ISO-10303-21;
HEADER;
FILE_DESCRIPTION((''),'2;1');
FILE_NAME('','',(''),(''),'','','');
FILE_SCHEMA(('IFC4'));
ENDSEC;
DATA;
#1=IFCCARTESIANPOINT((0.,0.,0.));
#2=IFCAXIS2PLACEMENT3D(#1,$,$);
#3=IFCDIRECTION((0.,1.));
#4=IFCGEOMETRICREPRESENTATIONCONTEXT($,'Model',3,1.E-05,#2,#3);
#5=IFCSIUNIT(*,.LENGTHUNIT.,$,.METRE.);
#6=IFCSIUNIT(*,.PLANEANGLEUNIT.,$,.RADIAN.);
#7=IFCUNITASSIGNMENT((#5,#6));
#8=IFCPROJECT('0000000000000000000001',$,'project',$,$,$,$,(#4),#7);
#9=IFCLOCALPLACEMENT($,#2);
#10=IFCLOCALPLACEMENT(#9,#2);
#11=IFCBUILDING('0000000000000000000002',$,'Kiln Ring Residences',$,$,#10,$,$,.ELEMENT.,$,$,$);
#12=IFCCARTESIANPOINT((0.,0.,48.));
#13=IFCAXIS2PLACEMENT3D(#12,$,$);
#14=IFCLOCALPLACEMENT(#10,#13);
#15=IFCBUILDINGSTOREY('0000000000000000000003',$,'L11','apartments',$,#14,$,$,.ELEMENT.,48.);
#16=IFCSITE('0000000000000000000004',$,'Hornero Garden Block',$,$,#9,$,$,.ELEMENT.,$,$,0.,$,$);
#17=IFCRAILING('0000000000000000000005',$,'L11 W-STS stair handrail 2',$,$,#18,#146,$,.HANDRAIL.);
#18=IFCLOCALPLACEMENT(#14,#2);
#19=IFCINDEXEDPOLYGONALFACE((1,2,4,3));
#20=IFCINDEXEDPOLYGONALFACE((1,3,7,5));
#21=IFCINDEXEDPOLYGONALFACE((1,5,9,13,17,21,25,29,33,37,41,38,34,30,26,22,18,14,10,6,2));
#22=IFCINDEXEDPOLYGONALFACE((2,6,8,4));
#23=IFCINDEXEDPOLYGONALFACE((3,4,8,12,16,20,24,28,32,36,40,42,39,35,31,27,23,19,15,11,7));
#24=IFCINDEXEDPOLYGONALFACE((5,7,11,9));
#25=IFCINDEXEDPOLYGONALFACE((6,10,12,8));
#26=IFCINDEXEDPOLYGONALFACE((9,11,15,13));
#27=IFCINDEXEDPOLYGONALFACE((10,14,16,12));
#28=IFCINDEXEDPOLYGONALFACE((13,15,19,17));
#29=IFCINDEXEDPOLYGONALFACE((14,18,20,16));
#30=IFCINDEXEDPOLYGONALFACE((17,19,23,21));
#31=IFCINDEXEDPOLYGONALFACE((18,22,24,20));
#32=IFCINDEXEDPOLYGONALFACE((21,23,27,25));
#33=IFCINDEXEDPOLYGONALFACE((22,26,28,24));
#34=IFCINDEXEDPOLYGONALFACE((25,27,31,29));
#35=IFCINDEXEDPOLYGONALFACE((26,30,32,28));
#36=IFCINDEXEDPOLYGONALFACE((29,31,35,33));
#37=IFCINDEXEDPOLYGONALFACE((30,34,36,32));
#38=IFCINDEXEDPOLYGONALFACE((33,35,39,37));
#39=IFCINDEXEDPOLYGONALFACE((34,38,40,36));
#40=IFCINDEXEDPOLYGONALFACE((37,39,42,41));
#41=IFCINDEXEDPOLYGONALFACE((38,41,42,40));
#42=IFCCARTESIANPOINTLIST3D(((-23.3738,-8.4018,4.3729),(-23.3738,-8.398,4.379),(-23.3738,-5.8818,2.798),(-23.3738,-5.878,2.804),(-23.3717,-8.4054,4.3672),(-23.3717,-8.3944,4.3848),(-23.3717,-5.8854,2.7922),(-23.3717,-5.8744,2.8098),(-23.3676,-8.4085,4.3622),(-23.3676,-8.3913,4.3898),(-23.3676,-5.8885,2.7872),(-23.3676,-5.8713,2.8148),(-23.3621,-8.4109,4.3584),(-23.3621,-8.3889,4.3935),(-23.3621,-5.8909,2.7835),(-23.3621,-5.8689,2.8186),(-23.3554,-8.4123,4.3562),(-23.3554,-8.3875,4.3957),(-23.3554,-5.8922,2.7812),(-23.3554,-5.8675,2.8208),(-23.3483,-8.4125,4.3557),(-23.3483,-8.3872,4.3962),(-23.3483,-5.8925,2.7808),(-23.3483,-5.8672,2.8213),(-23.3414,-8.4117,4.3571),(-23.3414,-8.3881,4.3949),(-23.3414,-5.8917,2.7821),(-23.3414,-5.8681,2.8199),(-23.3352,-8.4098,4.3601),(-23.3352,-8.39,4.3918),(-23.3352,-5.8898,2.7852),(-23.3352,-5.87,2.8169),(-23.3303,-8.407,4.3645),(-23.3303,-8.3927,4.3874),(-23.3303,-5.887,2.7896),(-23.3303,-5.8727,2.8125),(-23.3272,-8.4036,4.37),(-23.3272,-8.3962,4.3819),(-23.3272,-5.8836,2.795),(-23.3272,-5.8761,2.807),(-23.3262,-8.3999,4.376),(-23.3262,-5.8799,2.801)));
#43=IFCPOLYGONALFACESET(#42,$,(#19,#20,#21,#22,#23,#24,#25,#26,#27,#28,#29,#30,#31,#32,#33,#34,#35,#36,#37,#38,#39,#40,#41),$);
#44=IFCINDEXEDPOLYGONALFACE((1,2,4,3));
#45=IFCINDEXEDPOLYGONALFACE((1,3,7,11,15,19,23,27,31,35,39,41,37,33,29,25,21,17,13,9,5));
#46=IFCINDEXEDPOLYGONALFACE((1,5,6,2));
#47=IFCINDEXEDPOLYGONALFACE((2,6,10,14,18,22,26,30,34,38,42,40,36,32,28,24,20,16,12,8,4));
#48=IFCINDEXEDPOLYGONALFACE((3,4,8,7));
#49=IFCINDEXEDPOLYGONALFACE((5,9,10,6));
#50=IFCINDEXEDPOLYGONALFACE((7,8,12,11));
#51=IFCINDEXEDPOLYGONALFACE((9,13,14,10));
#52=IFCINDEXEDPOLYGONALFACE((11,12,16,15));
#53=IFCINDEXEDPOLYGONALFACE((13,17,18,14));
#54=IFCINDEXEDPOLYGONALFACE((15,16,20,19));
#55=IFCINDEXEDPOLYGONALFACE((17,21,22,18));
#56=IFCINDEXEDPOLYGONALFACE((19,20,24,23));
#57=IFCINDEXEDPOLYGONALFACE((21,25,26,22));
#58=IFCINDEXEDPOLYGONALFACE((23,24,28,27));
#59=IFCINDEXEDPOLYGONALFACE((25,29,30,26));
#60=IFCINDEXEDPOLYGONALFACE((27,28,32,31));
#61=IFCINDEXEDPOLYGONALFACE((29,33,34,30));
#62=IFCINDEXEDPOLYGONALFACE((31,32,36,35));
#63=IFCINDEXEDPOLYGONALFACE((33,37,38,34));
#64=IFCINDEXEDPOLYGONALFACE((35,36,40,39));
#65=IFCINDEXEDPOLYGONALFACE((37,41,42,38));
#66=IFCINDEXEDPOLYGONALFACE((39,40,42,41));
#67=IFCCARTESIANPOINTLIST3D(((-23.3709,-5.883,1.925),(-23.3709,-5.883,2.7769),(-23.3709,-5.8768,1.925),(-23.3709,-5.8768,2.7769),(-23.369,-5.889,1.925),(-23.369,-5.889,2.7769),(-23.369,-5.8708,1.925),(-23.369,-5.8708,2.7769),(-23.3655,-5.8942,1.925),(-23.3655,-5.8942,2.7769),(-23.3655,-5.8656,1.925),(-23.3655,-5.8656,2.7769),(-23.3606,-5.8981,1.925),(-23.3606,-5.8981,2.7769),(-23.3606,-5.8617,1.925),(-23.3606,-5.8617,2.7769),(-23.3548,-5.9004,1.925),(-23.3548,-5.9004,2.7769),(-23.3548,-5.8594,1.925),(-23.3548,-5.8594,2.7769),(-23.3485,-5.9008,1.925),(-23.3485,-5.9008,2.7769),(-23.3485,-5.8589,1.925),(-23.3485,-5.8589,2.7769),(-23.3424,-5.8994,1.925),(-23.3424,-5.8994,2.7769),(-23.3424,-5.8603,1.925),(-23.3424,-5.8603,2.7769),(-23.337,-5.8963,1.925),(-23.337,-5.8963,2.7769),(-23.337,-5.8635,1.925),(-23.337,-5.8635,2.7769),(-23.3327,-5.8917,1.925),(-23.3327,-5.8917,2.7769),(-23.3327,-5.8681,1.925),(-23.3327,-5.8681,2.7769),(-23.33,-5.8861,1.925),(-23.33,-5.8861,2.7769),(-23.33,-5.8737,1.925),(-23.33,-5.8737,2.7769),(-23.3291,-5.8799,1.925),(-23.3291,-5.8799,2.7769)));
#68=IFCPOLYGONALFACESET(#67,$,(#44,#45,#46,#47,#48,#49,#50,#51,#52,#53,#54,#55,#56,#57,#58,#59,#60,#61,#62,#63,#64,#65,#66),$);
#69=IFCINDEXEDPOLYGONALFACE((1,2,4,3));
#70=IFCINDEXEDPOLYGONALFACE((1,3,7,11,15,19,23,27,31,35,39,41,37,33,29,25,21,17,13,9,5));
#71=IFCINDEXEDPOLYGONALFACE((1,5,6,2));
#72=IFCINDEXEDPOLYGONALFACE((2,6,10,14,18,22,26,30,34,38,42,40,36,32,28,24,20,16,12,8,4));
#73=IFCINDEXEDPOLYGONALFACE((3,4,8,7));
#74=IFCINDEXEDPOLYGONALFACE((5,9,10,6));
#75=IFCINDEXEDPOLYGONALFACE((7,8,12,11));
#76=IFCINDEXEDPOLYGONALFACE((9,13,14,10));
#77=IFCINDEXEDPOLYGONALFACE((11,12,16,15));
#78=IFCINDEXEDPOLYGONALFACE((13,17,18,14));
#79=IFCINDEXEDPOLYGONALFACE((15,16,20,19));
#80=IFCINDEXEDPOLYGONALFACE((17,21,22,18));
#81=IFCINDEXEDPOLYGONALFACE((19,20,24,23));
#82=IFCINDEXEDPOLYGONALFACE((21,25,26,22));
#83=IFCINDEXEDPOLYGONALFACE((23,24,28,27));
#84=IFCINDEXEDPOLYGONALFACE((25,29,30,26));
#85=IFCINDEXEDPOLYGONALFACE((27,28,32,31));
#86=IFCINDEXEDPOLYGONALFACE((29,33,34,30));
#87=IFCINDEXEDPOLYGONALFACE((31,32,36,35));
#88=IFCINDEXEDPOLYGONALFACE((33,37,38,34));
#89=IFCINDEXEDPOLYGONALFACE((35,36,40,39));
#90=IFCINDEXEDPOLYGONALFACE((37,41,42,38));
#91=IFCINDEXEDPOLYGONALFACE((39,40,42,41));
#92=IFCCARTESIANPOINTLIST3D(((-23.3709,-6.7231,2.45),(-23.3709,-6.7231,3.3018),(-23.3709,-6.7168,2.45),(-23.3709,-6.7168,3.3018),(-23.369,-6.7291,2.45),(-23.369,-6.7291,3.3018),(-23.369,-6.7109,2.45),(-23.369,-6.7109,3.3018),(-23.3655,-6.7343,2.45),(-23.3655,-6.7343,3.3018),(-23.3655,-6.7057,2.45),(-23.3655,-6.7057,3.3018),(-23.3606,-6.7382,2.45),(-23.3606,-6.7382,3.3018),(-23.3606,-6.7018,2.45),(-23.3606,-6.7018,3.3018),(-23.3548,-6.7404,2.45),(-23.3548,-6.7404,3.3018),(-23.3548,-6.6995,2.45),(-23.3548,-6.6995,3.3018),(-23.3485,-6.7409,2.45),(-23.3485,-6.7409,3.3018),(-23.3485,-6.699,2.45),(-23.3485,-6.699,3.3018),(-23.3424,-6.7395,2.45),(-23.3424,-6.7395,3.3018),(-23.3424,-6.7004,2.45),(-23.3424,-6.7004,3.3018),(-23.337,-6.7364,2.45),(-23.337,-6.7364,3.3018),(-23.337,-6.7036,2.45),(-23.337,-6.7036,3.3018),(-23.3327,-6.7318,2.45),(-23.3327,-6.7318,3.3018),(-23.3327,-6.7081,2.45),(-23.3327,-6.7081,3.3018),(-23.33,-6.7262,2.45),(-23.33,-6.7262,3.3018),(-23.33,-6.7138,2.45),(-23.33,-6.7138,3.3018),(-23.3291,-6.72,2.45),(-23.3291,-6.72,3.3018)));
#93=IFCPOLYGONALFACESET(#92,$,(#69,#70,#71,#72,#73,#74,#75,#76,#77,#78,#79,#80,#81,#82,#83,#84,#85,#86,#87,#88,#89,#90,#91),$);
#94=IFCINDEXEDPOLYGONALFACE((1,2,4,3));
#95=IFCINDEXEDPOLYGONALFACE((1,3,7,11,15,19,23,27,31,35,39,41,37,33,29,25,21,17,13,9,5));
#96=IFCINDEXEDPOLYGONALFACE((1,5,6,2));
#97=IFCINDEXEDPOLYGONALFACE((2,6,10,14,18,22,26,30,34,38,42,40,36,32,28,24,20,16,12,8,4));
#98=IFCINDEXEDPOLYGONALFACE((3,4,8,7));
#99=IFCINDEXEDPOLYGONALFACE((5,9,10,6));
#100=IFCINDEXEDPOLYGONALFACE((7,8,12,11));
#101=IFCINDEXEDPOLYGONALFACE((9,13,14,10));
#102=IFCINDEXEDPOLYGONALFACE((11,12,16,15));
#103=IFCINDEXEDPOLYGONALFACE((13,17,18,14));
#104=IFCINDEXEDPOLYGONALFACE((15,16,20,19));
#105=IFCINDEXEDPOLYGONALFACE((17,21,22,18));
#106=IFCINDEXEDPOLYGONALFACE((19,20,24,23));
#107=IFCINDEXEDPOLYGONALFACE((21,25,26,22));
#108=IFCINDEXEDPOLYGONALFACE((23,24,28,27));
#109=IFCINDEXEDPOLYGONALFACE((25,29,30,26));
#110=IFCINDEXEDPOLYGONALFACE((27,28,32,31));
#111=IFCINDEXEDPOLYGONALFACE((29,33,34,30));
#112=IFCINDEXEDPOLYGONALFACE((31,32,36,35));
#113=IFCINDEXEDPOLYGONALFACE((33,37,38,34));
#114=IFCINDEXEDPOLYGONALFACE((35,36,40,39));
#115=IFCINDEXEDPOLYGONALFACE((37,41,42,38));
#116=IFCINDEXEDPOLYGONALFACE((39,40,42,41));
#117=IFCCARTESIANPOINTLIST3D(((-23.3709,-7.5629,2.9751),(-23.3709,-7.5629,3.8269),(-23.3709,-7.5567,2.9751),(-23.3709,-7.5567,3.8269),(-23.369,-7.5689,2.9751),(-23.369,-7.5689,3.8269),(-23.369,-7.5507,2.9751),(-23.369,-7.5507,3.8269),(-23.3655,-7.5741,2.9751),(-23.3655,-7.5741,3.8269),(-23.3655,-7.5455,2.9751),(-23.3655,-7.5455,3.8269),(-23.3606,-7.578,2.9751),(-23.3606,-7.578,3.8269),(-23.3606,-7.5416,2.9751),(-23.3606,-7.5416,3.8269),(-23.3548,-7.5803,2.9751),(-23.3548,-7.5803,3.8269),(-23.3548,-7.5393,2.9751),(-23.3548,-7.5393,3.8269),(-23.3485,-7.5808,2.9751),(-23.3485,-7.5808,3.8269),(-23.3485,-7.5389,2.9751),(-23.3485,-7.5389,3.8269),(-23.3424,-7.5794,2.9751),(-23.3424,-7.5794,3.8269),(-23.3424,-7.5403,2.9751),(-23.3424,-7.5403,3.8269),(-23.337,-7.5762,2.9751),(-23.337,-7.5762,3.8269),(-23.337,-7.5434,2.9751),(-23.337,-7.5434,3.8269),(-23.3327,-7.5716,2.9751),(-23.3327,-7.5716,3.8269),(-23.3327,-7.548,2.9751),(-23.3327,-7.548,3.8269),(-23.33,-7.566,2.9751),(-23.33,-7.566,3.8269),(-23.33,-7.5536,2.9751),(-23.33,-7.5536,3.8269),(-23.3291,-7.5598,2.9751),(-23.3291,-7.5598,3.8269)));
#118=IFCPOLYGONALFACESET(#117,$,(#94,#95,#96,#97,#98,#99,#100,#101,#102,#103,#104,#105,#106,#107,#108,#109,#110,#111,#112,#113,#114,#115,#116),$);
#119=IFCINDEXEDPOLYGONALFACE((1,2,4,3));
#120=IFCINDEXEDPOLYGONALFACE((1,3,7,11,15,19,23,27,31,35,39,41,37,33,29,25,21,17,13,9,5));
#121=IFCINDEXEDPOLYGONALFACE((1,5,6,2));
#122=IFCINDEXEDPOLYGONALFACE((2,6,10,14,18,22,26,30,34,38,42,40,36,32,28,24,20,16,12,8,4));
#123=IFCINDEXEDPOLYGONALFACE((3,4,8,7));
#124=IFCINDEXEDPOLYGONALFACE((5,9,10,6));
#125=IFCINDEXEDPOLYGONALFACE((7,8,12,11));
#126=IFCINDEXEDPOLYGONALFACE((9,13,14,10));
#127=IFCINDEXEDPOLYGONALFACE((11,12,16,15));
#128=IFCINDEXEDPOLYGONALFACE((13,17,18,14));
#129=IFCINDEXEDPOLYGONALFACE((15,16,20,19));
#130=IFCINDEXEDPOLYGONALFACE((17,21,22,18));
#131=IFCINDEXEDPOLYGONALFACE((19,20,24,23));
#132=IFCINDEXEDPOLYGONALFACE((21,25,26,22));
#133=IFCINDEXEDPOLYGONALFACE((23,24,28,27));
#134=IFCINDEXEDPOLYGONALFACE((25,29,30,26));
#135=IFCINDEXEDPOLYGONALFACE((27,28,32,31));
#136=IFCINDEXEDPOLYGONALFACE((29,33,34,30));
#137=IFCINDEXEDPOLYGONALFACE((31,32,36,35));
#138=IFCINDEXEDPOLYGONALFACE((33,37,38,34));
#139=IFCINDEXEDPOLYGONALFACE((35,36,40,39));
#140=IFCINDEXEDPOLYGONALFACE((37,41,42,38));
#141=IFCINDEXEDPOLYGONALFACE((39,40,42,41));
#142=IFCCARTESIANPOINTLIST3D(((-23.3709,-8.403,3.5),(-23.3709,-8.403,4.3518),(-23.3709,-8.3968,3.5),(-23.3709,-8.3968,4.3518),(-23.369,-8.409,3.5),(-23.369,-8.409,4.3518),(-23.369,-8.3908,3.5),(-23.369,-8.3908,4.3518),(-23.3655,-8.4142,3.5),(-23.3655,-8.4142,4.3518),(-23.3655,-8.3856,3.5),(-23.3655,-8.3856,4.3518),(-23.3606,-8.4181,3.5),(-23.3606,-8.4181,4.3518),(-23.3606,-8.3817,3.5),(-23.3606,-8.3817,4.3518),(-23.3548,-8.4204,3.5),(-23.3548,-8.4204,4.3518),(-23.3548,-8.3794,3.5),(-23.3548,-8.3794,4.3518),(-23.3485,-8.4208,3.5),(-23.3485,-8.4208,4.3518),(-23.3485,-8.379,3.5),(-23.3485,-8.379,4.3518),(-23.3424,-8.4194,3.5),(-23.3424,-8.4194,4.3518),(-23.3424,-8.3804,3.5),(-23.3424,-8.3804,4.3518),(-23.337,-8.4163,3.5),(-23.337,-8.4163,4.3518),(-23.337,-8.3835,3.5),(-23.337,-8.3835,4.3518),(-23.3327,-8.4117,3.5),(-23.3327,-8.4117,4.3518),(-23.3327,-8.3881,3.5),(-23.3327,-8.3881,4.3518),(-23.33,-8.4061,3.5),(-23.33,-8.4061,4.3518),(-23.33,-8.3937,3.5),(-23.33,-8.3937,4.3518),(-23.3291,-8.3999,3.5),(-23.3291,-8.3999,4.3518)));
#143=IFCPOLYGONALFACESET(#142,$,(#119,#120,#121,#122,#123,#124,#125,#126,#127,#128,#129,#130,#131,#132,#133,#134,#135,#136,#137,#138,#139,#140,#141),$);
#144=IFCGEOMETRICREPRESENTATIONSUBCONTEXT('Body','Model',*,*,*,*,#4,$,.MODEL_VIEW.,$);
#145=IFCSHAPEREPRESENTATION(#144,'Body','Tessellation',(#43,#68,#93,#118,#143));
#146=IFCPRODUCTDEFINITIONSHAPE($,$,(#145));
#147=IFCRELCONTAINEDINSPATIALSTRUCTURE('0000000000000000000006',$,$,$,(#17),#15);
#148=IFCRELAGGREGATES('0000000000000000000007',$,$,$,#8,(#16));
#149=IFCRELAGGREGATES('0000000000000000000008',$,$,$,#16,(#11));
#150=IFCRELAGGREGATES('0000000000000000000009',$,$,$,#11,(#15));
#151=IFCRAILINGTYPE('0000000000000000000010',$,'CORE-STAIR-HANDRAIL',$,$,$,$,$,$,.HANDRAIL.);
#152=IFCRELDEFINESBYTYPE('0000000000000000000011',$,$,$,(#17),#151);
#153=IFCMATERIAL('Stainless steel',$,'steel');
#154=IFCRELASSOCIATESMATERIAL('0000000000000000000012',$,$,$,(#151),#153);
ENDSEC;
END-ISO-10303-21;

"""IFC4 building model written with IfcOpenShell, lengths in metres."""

from ifc_helpers import new_model, si_unit, direction, frame, origin, origin_2d, place, context, subcontext, project, spatial, circle, extrude, material, type_object, element, save


model = new_model("IFC4")

# Units and contexts
model_context = context("Model", 3, precision=1e-05, world=origin(), true_north=direction((0.0, 1.0)))
body_context = subcontext(model_context, "Body", "Model", "MODEL_VIEW")
ifc_project = project(units=[si_unit("LENGTHUNIT", "METRE"), si_unit("PLANEANGLEUNIT", "RADIAN")], contexts=[model_context])

# Site, building, storey
site_placement = place(None, origin())
site = spatial("IfcSite", under=ifc_project, at=site_placement, Name="Hornero Garden Block", CompositionType="ELEMENT", RefElevation=0.0)
building_placement = place(site_placement, origin())
building = spatial("IfcBuilding", under=site, at=building_placement, Name="Kiln Ring Residences", CompositionType="ELEMENT")
storey_placement = place(building_placement, frame((0.0, 0.0, 48.0)))
storey = spatial("IfcBuildingStorey", under=building, at=storey_placement, Name="L11", Description="apartments", CompositionType="ELEMENT", Elevation=48.0)

# Railing
ifc_material_1 = material(Name="Stainless steel", Category="steel")
railing_type_1 = type_object("IfcRailingType", Name="CORE-STAIR-HANDRAIL", PredefinedType="HANDRAIL", material=ifc_material_1)
railing_1_placement = place(storey_placement, frame((-23.3501, -5.8799, 1.925)))
element("IfcRailing", 1, at=railing_1_placement, inside=storey, type_object=railing_type_1, Name="L11 W-STS stair handrail 2", PredefinedType="HANDRAIL", context=body_context, shape_type="SweptSolid", body=[
    extrude(circle(Radius=0.0239, at=origin_2d()), frame((0.0, 0.0, 0.876), z_axis=(0.0, -0.848008, 0.529984), x_axis=(1.0, 0.0, 0.0)), (0.0, 0.0, 1.0), 2.9717),
    extrude(circle(Radius=0.021, at=origin_2d()), origin(), (0.0, 0.0, 1.0), 0.8518),
    extrude(circle(Radius=0.021, at=origin_2d()), frame((0.0, -0.8401, 0.5249)), (0.0, 0.0, 1.0), 0.8518),
    extrude(circle(Radius=0.021, at=origin_2d()), frame((0.0, -1.6799, 1.05)), (0.0, 0.0, 1.0), 0.8518),
    extrude(circle(Radius=0.021, at=origin_2d()), frame((0.0, -2.52, 1.575)), (0.0, 0.0, 1.0), 0.8518),
])

save(model, "model.ifc")
